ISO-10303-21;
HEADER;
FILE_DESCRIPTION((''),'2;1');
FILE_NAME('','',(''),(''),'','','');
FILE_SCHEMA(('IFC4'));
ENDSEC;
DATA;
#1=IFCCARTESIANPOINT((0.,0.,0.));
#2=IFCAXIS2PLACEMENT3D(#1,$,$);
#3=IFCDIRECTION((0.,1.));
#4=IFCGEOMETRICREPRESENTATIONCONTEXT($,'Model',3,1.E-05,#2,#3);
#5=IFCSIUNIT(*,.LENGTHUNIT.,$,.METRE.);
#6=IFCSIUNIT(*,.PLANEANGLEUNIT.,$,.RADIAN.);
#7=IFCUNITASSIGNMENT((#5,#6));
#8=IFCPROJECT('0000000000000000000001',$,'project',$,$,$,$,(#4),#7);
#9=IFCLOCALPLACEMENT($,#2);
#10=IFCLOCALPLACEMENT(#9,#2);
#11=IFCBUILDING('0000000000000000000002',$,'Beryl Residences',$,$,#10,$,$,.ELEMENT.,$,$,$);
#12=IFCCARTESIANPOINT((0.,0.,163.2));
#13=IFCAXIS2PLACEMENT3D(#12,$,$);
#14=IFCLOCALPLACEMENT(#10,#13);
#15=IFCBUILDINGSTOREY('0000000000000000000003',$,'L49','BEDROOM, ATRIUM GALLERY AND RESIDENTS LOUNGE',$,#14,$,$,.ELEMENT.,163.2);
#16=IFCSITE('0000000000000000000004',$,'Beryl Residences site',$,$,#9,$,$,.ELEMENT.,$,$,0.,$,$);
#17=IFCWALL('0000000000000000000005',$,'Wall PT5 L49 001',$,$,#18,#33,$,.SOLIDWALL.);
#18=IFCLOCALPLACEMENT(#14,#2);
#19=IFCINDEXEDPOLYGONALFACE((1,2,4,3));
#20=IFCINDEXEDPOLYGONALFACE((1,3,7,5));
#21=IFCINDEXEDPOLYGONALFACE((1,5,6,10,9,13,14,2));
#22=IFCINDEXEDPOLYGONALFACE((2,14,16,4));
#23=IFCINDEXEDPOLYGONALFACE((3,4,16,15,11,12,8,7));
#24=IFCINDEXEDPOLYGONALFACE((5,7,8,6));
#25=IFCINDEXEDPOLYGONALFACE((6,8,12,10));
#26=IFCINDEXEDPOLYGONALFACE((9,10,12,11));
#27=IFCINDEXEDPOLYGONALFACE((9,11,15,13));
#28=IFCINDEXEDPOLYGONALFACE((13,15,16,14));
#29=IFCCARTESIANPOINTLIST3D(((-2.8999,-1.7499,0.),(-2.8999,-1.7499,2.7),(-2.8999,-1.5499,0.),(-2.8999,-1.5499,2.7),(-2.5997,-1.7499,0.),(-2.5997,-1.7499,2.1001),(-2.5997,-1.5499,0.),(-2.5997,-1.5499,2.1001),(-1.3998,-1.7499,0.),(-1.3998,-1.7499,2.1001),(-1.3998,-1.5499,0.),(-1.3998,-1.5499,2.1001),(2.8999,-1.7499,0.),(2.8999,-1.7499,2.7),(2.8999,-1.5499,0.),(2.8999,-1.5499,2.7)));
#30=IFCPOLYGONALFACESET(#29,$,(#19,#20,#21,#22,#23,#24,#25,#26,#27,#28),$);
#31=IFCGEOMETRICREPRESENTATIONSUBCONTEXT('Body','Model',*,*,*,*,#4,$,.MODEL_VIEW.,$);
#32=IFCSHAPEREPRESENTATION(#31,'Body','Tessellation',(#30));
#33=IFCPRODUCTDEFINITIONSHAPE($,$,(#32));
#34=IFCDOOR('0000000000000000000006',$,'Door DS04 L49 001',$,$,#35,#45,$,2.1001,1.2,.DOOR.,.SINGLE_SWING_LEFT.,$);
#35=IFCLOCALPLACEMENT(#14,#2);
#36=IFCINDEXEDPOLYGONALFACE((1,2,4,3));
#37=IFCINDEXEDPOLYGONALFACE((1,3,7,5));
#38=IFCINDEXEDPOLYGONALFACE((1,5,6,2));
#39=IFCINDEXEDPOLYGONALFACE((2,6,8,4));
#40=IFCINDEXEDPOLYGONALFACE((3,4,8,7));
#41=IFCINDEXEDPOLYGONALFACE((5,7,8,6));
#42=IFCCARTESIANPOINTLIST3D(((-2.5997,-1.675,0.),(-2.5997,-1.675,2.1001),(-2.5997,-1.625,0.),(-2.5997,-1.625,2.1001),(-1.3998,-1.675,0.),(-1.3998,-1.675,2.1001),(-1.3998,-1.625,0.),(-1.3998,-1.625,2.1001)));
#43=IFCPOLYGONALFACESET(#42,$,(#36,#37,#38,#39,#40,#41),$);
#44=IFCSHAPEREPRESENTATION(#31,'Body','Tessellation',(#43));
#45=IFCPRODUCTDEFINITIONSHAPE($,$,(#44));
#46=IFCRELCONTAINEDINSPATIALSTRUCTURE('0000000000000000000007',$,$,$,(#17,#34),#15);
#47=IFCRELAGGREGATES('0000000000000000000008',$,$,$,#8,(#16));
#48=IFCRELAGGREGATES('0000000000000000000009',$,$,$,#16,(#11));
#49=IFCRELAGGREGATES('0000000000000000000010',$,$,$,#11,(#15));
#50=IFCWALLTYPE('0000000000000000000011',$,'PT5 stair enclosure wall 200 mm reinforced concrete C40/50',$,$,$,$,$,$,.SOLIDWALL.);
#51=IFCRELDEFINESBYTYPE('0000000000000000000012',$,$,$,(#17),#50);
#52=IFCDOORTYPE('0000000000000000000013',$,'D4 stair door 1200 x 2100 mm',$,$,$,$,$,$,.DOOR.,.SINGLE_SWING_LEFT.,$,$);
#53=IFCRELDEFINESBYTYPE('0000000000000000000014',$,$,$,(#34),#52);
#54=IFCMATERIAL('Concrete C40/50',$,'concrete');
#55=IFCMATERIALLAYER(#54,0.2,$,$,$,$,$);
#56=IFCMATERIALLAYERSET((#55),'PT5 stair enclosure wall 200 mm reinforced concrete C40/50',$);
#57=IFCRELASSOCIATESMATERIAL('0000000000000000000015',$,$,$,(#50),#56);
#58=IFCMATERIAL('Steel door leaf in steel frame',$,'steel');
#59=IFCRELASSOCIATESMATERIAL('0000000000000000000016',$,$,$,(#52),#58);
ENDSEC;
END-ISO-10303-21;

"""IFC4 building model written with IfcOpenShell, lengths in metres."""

from ifc_helpers import new_model, si_unit, direction, frame, frame_2d, origin, place, context, subcontext, project, spatial, rectangle, extrude, material, layer, layer_set, type_object, element, fill, save


model = new_model("IFC4")

# Units and contexts
model_context = context("Model", 3, precision=1e-05, world=origin(), true_north=direction((0.0, 1.0)))
body_context = subcontext(model_context, "Body", "Model", "MODEL_VIEW")
ifc_project = project(units=[si_unit("LENGTHUNIT", "METRE"), si_unit("PLANEANGLEUNIT", "RADIAN")], contexts=[model_context])

# Site, building, storey
site_placement = place(None, origin())
site = spatial("IfcSite", under=ifc_project, at=site_placement, Name="Beryl Residences site", CompositionType="ELEMENT", RefElevation=0.0)
building_placement = place(site_placement, origin())
building = spatial("IfcBuilding", under=site, at=building_placement, Name="Beryl Residences", CompositionType="ELEMENT")
storey_placement = place(building_placement, frame((0.0, 0.0, 163.2)))
storey = spatial("IfcBuildingStorey", under=building, at=storey_placement, Name="L49", Description="BEDROOM, ATRIUM GALLERY AND RESIDENTS LOUNGE", CompositionType="ELEMENT", Elevation=163.2)

# Wall, opening, door
ifc_material_1 = material(Name="Concrete C40/50", Category="concrete")
ifc_layer_1 = layer(ifc_material_1, 0.2)
ifc_layer_set_1 = layer_set([ifc_layer_1], Name="PT5 stair enclosure wall 200 mm reinforced concrete C40/50")
wall_type_1 = type_object("IfcWallType", Name="PT5 stair enclosure wall 200 mm reinforced concrete C40/50", PredefinedType="SOLIDWALL", material=ifc_layer_set_1)
wall_1_placement = place(storey_placement, frame((-2.8999, -1.6499, 0.0), z_axis=(0.0, 0.0, 1.0), x_axis=(1.0, 0.0, 0.0)))
wall_1 = element("IfcWall", 1, at=wall_1_placement, inside=storey, type_object=wall_type_1, Name="Wall PT5 L49 001", PredefinedType="SOLIDWALL", context=body_context, shape_type="SweptSolid", body=[
    extrude(rectangle(XDim=5.7998, YDim=0.2, at=frame_2d((2.8999, 0.0))), origin(), (0.0, 0.0, 1.0), 2.7),
])
opening_1_placement = place(wall_1_placement, frame((0.3, 0.0, 0.0)))
opening_1 = element("IfcOpeningElement", 2, at=opening_1_placement, cuts=wall_1, PredefinedType="OPENING", context=body_context, shape_type="SweptSolid", body=[
    extrude(rectangle(XDim=1.2, YDim=2.1001, at=frame_2d((0.6001, 1.05))), frame((0.0, 0.1099, 0.0), z_axis=(0.0, -1.0, 0.0), x_axis=(1.0, 0.0, 0.0)), (0.0, 0.0, 1.0), 0.22),
])
ifc_material_2 = material(Name="Steel door leaf in steel frame", Category="steel")
door_type_1 = type_object("IfcDoorType", Name="D4 stair door 1200 x 2100 mm", OperationType="SINGLE_SWING_LEFT", PredefinedType="DOOR", material=ifc_material_2)
door_1_placement = place(opening_1_placement, origin())
door_1 = element("IfcDoor", 3, at=door_1_placement, inside=storey, type_object=door_type_1, Name="Door DS04 L49 001", OperationType="SINGLE_SWING_LEFT", OverallHeight=2.1001, OverallWidth=1.2, PredefinedType="DOOR", context=body_context, shape_type="SweptSolid", body=[
    extrude(rectangle(XDim=1.2, YDim=2.1001, at=frame_2d((0.6001, 1.05))), frame((0.0, 0.0249, 0.0), z_axis=(0.0, -1.0, 0.0), x_axis=(1.0, 0.0, 0.0)), (0.0, 0.0, 1.0), 0.05),
])
fill(opening_1, door_1)

save(model, "model.ifc")
